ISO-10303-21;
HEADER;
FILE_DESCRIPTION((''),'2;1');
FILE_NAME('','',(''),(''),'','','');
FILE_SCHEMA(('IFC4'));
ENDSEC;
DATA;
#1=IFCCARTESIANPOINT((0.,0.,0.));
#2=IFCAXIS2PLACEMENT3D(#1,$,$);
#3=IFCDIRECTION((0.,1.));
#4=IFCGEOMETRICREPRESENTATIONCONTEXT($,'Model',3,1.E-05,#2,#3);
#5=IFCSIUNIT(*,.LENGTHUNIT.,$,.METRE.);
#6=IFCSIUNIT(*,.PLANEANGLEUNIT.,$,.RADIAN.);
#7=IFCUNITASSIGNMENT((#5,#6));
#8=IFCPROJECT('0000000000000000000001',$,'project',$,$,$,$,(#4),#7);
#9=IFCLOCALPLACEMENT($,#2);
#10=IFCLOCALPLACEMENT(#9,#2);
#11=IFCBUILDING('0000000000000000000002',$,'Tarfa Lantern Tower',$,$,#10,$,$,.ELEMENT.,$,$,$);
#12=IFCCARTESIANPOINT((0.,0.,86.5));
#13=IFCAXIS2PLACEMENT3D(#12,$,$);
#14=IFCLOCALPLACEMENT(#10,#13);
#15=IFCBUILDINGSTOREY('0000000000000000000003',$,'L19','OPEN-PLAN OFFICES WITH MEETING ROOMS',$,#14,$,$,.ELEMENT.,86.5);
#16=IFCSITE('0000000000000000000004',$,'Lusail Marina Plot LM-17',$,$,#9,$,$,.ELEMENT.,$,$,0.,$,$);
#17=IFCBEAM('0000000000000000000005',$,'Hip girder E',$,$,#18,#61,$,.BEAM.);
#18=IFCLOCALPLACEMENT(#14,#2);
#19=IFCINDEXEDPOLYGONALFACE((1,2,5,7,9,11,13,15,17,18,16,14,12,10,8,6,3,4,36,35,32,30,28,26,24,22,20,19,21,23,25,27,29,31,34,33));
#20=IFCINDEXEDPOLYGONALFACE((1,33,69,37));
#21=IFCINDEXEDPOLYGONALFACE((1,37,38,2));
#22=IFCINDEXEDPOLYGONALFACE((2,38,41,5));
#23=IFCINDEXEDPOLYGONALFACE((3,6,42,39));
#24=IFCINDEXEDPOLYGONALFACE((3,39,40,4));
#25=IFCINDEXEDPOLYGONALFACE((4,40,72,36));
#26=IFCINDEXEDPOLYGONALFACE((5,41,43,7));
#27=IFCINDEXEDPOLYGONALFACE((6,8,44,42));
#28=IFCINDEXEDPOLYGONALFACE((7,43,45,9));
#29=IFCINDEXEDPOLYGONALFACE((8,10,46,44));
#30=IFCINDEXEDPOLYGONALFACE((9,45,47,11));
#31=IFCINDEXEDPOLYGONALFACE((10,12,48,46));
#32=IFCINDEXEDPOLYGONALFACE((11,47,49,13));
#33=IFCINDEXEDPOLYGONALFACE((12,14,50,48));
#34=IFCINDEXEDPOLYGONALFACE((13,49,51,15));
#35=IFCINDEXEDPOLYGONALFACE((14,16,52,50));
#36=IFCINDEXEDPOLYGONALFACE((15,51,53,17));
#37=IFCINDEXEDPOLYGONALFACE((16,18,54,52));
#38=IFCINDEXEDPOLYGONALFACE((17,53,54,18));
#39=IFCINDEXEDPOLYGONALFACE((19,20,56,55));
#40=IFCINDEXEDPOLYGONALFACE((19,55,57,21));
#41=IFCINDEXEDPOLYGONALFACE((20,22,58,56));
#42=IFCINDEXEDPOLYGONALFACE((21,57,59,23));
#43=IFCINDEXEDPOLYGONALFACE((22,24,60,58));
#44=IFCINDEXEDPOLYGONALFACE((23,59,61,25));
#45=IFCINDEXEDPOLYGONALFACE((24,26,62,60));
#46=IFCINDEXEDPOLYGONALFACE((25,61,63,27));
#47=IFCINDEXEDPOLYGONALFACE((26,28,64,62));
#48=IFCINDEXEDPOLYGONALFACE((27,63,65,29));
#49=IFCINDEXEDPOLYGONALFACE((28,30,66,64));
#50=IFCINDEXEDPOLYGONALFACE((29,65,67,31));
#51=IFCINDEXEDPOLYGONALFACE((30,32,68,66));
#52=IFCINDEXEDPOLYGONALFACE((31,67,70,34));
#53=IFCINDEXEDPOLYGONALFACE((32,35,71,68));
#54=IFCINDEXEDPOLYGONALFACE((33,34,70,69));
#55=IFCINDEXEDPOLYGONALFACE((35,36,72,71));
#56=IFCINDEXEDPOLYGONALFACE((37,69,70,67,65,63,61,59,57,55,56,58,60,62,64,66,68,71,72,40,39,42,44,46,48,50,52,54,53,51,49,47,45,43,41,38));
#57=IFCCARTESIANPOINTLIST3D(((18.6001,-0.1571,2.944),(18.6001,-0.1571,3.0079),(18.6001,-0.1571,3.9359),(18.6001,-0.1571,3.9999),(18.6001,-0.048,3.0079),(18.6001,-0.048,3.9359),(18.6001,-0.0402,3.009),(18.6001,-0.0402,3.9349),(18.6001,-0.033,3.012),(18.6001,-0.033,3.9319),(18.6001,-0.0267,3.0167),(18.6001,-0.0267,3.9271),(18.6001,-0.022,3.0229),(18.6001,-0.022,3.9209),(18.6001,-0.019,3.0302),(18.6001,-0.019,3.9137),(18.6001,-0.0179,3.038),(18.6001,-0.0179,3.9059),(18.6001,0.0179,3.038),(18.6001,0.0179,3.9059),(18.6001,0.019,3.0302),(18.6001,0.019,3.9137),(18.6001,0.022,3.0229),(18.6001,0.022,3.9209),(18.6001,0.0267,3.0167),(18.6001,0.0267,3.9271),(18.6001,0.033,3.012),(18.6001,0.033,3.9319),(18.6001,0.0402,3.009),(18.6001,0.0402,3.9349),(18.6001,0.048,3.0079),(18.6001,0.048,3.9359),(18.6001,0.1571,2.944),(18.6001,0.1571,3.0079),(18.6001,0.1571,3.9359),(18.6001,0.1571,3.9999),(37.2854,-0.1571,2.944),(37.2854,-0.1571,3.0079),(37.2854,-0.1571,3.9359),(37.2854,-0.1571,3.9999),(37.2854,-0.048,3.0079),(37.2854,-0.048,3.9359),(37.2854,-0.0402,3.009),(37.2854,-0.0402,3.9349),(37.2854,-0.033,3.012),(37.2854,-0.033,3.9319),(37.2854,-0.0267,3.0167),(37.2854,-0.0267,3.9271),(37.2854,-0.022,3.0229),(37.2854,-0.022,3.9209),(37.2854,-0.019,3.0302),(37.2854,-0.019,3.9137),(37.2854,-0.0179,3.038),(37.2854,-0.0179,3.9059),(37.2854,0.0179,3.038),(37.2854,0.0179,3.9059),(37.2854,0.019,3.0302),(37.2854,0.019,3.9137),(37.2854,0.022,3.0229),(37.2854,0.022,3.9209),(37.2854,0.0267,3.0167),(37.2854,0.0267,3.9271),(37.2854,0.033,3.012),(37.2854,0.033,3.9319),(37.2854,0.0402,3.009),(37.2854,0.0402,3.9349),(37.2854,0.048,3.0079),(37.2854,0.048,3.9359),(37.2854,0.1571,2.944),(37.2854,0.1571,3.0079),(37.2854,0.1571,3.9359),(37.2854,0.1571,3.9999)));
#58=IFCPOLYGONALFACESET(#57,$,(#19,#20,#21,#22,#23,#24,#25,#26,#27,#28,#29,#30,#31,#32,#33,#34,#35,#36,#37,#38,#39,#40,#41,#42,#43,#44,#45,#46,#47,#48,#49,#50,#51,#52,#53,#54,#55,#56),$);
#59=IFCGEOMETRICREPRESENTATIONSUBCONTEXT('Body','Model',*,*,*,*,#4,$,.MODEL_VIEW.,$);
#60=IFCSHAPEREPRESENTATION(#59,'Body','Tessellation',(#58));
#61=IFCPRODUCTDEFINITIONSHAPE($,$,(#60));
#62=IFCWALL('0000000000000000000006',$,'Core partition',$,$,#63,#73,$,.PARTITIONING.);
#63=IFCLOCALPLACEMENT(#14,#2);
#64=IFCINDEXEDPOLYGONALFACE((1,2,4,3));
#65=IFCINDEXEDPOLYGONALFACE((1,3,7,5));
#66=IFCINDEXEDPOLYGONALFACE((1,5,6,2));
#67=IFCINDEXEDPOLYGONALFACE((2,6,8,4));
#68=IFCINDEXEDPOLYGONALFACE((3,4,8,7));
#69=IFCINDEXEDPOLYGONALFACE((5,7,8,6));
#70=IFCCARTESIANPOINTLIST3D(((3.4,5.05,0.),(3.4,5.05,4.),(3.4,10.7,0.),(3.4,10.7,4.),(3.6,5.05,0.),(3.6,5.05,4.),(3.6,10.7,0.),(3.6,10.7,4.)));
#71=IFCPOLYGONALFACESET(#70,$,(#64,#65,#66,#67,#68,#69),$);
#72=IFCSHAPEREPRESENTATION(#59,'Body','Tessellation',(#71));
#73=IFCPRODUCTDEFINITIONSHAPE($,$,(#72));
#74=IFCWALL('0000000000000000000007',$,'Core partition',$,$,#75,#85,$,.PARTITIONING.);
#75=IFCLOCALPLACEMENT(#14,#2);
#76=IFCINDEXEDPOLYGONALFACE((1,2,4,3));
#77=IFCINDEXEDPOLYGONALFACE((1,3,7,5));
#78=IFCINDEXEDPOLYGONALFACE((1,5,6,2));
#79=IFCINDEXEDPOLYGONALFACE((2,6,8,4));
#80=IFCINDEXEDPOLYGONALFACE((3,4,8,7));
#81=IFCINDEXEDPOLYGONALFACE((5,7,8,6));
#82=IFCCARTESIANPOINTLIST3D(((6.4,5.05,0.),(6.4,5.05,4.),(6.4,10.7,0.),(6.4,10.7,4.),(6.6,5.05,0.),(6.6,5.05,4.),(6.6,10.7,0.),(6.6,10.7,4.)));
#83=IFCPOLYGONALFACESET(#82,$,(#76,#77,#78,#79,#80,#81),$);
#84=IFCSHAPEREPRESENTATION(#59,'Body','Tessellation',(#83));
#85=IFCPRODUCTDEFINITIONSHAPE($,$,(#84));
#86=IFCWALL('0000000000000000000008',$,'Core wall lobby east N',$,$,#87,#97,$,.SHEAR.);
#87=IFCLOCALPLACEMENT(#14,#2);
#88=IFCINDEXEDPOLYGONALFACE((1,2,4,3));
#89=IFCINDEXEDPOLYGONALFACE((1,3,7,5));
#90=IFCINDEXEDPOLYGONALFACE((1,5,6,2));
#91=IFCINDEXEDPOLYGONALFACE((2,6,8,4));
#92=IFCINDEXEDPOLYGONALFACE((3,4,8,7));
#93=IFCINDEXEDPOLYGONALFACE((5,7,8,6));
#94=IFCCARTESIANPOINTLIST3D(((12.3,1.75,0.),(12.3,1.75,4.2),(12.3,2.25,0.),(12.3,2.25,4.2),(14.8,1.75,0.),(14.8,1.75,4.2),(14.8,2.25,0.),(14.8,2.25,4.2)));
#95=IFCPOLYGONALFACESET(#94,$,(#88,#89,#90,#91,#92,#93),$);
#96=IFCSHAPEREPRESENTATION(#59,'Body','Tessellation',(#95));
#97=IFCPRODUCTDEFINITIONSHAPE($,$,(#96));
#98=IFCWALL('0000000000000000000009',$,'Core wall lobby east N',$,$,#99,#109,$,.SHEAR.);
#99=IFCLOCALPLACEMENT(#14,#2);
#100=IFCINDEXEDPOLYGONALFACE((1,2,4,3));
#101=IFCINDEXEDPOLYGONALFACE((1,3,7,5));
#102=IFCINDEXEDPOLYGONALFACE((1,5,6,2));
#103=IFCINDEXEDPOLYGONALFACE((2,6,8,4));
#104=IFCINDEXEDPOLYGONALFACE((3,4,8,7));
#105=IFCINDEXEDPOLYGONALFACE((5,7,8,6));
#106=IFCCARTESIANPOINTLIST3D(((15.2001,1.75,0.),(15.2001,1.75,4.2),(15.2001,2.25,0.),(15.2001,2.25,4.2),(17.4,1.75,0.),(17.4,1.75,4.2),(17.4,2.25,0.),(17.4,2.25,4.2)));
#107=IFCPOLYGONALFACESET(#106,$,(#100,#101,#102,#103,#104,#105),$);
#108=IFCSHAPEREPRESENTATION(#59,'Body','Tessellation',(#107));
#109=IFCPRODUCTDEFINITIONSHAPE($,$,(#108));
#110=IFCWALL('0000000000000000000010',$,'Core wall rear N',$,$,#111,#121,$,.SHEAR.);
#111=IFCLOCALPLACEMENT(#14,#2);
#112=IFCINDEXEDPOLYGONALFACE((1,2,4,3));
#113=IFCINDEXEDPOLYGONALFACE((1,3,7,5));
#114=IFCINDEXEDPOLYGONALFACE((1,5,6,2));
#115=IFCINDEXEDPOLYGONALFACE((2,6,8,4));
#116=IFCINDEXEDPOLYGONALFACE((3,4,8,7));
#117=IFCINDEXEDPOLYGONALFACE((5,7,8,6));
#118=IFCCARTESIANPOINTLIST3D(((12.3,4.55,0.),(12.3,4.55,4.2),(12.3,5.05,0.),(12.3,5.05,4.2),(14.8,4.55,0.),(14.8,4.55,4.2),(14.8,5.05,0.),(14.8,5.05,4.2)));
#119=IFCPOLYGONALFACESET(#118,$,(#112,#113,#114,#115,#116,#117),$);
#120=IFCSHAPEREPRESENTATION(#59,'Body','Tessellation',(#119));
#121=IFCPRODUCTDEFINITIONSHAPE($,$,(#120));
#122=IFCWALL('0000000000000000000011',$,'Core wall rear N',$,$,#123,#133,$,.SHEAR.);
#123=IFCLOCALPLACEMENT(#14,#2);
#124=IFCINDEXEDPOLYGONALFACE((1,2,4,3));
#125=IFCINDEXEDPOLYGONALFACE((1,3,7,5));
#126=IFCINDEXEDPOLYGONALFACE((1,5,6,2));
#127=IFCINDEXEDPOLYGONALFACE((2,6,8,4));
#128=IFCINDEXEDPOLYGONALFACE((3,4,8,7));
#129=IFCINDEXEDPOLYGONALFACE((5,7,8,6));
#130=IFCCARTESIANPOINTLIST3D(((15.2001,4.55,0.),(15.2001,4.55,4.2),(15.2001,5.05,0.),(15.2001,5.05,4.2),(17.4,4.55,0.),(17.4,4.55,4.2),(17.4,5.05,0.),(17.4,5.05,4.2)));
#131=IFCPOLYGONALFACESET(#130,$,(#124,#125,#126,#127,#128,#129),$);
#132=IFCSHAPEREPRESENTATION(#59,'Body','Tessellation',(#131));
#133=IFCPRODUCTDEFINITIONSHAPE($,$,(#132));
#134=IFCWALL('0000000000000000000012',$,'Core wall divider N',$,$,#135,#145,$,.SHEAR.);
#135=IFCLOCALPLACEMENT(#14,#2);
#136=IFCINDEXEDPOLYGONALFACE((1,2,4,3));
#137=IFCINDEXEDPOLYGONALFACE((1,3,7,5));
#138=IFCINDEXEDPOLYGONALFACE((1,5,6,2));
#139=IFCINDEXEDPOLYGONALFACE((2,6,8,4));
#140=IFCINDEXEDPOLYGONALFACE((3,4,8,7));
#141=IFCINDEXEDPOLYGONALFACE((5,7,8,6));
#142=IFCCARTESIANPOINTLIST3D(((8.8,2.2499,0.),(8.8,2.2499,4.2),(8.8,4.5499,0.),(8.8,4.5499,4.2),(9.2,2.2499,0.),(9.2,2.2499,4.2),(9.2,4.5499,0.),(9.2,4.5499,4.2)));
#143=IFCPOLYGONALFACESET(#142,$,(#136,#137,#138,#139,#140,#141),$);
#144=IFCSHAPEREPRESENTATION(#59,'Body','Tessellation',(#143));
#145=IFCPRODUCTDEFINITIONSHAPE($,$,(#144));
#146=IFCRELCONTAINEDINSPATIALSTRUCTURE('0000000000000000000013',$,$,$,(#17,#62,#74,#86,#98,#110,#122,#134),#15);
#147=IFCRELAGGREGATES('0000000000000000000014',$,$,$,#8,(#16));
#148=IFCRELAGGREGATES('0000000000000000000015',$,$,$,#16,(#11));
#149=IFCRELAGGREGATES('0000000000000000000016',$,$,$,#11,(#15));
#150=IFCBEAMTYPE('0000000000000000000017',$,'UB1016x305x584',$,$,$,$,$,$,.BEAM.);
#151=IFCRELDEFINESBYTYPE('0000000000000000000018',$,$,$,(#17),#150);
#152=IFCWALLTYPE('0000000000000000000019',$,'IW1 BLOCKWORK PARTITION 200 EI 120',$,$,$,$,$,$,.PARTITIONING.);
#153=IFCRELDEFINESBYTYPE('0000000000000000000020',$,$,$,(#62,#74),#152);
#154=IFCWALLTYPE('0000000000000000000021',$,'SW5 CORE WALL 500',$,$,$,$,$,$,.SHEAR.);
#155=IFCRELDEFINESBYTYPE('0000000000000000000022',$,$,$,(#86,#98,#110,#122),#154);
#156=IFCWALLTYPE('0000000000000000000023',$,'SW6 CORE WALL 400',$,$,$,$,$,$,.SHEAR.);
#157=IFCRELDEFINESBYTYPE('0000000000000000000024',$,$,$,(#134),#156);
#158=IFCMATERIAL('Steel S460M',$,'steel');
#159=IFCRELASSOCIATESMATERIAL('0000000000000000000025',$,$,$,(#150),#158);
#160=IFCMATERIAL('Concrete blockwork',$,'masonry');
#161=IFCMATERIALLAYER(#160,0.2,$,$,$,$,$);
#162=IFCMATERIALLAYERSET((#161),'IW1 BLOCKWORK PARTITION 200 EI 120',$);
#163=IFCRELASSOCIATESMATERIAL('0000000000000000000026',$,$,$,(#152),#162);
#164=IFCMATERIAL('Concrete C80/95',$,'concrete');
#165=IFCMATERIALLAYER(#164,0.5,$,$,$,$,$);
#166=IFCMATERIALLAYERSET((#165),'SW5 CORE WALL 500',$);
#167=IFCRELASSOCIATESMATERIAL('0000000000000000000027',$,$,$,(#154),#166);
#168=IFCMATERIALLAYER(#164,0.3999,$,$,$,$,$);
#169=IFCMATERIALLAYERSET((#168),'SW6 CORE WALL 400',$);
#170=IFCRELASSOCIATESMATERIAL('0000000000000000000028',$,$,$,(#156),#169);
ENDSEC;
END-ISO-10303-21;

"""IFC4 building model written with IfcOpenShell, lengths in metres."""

from ifc_helpers import new_model, si_unit, direction, frame, frame_2d, origin, origin_2d, place, context, subcontext, project, spatial, rectangle, i_section, extrude, material, layer, layer_set, material_profile, profile_set, type_object, element, save


model = new_model("IFC4")

# Units and contexts
model_context = context("Model", 3, precision=1e-05, world=origin(), true_north=direction((0.0, 1.0)))
body_context = subcontext(model_context, "Body", "Model", "MODEL_VIEW")
ifc_project = project(units=[si_unit("LENGTHUNIT", "METRE"), si_unit("PLANEANGLEUNIT", "RADIAN")], contexts=[model_context])

# Site, building, storey
site_placement = place(None, origin())
site = spatial("IfcSite", under=ifc_project, at=site_placement, Name="Lusail Marina Plot LM-17", CompositionType="ELEMENT", RefElevation=0.0)
building_placement = place(site_placement, origin())
building = spatial("IfcBuilding", under=site, at=building_placement, Name="Tarfa Lantern Tower", CompositionType="ELEMENT")
storey_placement = place(building_placement, frame((0.0, 0.0, 86.5)))
storey = spatial("IfcBuildingStorey", under=building, at=storey_placement, Name="L19", Description="OPEN-PLAN OFFICES WITH MEETING ROOMS", CompositionType="ELEMENT", Elevation=86.5)

# Beam
ifc_material_1 = material(Name="Steel S460M", Category="steel")
ifc_material_profile = material_profile(ifc_material_1, i_section(OverallWidth=0.3142, OverallDepth=1.0559, WebThickness=0.0359, FlangeThickness=0.064, FilletRadius=0.03, at=origin_2d()), Name="UB1016x305x584")
ifc_profile_set = profile_set([ifc_material_profile], Name="Steel S460M")
beam_type = type_object("IfcBeamType", Name="UB1016x305x584", PredefinedType="BEAM", material=ifc_profile_set)
beam_placement = place(storey_placement, frame((18.6001, 0.0, 3.4719), z_axis=(1.0, 0.0, 0.0), x_axis=(0.0, 1.0, 0.0)))
element("IfcBeam", 1, at=beam_placement, inside=storey, type_object=beam_type, Name="Hip girder E", PredefinedType="BEAM", context=body_context, shape_type="SweptSolid", body=[
    extrude(i_section(OverallWidth=0.3142, OverallDepth=1.0559, WebThickness=0.0359, FlangeThickness=0.064, FilletRadius=0.03, at=origin_2d()), origin(), (0.0, 0.0, 1.0), 18.6853),
])

# Walls
ifc_material_2 = material(Name="Concrete blockwork", Category="masonry")
ifc_layer_1 = layer(ifc_material_2, 0.2)
ifc_layer_set_1 = layer_set([ifc_layer_1], Name="IW1 BLOCKWORK PARTITION 200 EI 120")
wall_type_1 = type_object("IfcWallType", Name="IW1 BLOCKWORK PARTITION 200 EI 120", PredefinedType="PARTITIONING", material=ifc_layer_set_1)
for number, where, z_axis, x_axis, name in (
    (2, (3.5, 5.05, 0.0), (0.0, 0.0, 1.0), (0.0, 1.0, 0.0), "Core partition"),
    (3, (6.5, 5.05, 0.0), (0.0, 0.0, 1.0), (0.0, 1.0, 0.0), "Core partition"),
):
    element("IfcWall", number, at=place(storey_placement, frame(where, z_axis=z_axis, x_axis=x_axis)), inside=storey, type_object=wall_type_1, Name=name, PredefinedType="PARTITIONING", context=body_context, shape_type="SweptSolid", body=[
        extrude(rectangle(XDim=5.6499, YDim=0.2, at=frame_2d((2.825, 0.0))), origin(), (0.0, 0.0, 1.0), 4.0),
    ])
ifc_material_3 = material(Name="Concrete C80/95", Category="concrete")
ifc_layer_2 = layer(ifc_material_3, 0.5)
ifc_layer_set_2 = layer_set([ifc_layer_2], Name="SW5 CORE WALL 500")
wall_type_2 = type_object("IfcWallType", Name="SW5 CORE WALL 500", PredefinedType="SHEAR", material=ifc_layer_set_2)
wall_1_placement = place(storey_placement, frame((12.3, 2.0, 0.0), z_axis=(0.0, 0.0, 1.0), x_axis=(1.0, 0.0, 0.0)))
element("IfcWall", 4, at=wall_1_placement, inside=storey, type_object=wall_type_2, Name="Core wall lobby east N", PredefinedType="SHEAR", context=body_context, shape_type="SweptSolid", body=[
    extrude(rectangle(XDim=2.5, YDim=0.5, at=frame_2d((1.25, 0.0))), origin(), (0.0, 0.0, 1.0), 4.2),
])
wall_2_placement = place(storey_placement, frame((15.2, 2.0, 0.0), z_axis=(0.0, 0.0, 1.0), x_axis=(1.0, 0.0, 0.0)))
element("IfcWall", 5, at=wall_2_placement, inside=storey, type_object=wall_type_2, Name="Core wall lobby east N", PredefinedType="SHEAR", context=body_context, shape_type="SweptSolid", body=[
    extrude(rectangle(XDim=2.2, YDim=0.5, at=frame_2d((1.1001, 0.0))), origin(), (0.0, 0.0, 1.0), 4.2),
])
wall_3_placement = place(storey_placement, frame((12.3, 4.8, 0.0), z_axis=(0.0, 0.0, 1.0), x_axis=(1.0, 0.0, 0.0)))
element("IfcWall", 6, at=wall_3_placement, inside=storey, type_object=wall_type_2, Name="Core wall rear N", PredefinedType="SHEAR", context=body_context, shape_type="SweptSolid", body=[
    extrude(rectangle(XDim=2.5, YDim=0.5, at=frame_2d((1.25, 0.0))), origin(), (0.0, 0.0, 1.0), 4.2),
])
wall_4_placement = place(storey_placement, frame((15.2, 4.8, 0.0), z_axis=(0.0, 0.0, 1.0), x_axis=(1.0, 0.0, 0.0)))
element("IfcWall", 7, at=wall_4_placement, inside=storey, type_object=wall_type_2, Name="Core wall rear N", PredefinedType="SHEAR", context=body_context, shape_type="SweptSolid", body=[
    extrude(rectangle(XDim=2.2, YDim=0.5, at=frame_2d((1.1001, 0.0))), origin(), (0.0, 0.0, 1.0), 4.2),
])
ifc_layer_3 = layer(ifc_material_3, 0.3999)
ifc_layer_set_3 = layer_set([ifc_layer_3], Name="SW6 CORE WALL 400")
wall_type_3 = type_object("IfcWallType", Name="SW6 CORE WALL 400", PredefinedType="SHEAR", material=ifc_layer_set_3)
wall_5_placement = place(storey_placement, frame((9.0, 2.25, 0.0), z_axis=(0.0, 0.0, 1.0), x_axis=(0.0, 1.0, 0.0)))
element("IfcWall", 8, at=wall_5_placement, inside=storey, type_object=wall_type_3, Name="Core wall divider N", PredefinedType="SHEAR", context=body_context, shape_type="SweptSolid", body=[
    extrude(rectangle(XDim=2.3, YDim=0.3999, at=frame_2d((1.1499, 0.0))), origin(), (0.0, 0.0, 1.0), 4.2),
])

save(model, "model.ifc")
